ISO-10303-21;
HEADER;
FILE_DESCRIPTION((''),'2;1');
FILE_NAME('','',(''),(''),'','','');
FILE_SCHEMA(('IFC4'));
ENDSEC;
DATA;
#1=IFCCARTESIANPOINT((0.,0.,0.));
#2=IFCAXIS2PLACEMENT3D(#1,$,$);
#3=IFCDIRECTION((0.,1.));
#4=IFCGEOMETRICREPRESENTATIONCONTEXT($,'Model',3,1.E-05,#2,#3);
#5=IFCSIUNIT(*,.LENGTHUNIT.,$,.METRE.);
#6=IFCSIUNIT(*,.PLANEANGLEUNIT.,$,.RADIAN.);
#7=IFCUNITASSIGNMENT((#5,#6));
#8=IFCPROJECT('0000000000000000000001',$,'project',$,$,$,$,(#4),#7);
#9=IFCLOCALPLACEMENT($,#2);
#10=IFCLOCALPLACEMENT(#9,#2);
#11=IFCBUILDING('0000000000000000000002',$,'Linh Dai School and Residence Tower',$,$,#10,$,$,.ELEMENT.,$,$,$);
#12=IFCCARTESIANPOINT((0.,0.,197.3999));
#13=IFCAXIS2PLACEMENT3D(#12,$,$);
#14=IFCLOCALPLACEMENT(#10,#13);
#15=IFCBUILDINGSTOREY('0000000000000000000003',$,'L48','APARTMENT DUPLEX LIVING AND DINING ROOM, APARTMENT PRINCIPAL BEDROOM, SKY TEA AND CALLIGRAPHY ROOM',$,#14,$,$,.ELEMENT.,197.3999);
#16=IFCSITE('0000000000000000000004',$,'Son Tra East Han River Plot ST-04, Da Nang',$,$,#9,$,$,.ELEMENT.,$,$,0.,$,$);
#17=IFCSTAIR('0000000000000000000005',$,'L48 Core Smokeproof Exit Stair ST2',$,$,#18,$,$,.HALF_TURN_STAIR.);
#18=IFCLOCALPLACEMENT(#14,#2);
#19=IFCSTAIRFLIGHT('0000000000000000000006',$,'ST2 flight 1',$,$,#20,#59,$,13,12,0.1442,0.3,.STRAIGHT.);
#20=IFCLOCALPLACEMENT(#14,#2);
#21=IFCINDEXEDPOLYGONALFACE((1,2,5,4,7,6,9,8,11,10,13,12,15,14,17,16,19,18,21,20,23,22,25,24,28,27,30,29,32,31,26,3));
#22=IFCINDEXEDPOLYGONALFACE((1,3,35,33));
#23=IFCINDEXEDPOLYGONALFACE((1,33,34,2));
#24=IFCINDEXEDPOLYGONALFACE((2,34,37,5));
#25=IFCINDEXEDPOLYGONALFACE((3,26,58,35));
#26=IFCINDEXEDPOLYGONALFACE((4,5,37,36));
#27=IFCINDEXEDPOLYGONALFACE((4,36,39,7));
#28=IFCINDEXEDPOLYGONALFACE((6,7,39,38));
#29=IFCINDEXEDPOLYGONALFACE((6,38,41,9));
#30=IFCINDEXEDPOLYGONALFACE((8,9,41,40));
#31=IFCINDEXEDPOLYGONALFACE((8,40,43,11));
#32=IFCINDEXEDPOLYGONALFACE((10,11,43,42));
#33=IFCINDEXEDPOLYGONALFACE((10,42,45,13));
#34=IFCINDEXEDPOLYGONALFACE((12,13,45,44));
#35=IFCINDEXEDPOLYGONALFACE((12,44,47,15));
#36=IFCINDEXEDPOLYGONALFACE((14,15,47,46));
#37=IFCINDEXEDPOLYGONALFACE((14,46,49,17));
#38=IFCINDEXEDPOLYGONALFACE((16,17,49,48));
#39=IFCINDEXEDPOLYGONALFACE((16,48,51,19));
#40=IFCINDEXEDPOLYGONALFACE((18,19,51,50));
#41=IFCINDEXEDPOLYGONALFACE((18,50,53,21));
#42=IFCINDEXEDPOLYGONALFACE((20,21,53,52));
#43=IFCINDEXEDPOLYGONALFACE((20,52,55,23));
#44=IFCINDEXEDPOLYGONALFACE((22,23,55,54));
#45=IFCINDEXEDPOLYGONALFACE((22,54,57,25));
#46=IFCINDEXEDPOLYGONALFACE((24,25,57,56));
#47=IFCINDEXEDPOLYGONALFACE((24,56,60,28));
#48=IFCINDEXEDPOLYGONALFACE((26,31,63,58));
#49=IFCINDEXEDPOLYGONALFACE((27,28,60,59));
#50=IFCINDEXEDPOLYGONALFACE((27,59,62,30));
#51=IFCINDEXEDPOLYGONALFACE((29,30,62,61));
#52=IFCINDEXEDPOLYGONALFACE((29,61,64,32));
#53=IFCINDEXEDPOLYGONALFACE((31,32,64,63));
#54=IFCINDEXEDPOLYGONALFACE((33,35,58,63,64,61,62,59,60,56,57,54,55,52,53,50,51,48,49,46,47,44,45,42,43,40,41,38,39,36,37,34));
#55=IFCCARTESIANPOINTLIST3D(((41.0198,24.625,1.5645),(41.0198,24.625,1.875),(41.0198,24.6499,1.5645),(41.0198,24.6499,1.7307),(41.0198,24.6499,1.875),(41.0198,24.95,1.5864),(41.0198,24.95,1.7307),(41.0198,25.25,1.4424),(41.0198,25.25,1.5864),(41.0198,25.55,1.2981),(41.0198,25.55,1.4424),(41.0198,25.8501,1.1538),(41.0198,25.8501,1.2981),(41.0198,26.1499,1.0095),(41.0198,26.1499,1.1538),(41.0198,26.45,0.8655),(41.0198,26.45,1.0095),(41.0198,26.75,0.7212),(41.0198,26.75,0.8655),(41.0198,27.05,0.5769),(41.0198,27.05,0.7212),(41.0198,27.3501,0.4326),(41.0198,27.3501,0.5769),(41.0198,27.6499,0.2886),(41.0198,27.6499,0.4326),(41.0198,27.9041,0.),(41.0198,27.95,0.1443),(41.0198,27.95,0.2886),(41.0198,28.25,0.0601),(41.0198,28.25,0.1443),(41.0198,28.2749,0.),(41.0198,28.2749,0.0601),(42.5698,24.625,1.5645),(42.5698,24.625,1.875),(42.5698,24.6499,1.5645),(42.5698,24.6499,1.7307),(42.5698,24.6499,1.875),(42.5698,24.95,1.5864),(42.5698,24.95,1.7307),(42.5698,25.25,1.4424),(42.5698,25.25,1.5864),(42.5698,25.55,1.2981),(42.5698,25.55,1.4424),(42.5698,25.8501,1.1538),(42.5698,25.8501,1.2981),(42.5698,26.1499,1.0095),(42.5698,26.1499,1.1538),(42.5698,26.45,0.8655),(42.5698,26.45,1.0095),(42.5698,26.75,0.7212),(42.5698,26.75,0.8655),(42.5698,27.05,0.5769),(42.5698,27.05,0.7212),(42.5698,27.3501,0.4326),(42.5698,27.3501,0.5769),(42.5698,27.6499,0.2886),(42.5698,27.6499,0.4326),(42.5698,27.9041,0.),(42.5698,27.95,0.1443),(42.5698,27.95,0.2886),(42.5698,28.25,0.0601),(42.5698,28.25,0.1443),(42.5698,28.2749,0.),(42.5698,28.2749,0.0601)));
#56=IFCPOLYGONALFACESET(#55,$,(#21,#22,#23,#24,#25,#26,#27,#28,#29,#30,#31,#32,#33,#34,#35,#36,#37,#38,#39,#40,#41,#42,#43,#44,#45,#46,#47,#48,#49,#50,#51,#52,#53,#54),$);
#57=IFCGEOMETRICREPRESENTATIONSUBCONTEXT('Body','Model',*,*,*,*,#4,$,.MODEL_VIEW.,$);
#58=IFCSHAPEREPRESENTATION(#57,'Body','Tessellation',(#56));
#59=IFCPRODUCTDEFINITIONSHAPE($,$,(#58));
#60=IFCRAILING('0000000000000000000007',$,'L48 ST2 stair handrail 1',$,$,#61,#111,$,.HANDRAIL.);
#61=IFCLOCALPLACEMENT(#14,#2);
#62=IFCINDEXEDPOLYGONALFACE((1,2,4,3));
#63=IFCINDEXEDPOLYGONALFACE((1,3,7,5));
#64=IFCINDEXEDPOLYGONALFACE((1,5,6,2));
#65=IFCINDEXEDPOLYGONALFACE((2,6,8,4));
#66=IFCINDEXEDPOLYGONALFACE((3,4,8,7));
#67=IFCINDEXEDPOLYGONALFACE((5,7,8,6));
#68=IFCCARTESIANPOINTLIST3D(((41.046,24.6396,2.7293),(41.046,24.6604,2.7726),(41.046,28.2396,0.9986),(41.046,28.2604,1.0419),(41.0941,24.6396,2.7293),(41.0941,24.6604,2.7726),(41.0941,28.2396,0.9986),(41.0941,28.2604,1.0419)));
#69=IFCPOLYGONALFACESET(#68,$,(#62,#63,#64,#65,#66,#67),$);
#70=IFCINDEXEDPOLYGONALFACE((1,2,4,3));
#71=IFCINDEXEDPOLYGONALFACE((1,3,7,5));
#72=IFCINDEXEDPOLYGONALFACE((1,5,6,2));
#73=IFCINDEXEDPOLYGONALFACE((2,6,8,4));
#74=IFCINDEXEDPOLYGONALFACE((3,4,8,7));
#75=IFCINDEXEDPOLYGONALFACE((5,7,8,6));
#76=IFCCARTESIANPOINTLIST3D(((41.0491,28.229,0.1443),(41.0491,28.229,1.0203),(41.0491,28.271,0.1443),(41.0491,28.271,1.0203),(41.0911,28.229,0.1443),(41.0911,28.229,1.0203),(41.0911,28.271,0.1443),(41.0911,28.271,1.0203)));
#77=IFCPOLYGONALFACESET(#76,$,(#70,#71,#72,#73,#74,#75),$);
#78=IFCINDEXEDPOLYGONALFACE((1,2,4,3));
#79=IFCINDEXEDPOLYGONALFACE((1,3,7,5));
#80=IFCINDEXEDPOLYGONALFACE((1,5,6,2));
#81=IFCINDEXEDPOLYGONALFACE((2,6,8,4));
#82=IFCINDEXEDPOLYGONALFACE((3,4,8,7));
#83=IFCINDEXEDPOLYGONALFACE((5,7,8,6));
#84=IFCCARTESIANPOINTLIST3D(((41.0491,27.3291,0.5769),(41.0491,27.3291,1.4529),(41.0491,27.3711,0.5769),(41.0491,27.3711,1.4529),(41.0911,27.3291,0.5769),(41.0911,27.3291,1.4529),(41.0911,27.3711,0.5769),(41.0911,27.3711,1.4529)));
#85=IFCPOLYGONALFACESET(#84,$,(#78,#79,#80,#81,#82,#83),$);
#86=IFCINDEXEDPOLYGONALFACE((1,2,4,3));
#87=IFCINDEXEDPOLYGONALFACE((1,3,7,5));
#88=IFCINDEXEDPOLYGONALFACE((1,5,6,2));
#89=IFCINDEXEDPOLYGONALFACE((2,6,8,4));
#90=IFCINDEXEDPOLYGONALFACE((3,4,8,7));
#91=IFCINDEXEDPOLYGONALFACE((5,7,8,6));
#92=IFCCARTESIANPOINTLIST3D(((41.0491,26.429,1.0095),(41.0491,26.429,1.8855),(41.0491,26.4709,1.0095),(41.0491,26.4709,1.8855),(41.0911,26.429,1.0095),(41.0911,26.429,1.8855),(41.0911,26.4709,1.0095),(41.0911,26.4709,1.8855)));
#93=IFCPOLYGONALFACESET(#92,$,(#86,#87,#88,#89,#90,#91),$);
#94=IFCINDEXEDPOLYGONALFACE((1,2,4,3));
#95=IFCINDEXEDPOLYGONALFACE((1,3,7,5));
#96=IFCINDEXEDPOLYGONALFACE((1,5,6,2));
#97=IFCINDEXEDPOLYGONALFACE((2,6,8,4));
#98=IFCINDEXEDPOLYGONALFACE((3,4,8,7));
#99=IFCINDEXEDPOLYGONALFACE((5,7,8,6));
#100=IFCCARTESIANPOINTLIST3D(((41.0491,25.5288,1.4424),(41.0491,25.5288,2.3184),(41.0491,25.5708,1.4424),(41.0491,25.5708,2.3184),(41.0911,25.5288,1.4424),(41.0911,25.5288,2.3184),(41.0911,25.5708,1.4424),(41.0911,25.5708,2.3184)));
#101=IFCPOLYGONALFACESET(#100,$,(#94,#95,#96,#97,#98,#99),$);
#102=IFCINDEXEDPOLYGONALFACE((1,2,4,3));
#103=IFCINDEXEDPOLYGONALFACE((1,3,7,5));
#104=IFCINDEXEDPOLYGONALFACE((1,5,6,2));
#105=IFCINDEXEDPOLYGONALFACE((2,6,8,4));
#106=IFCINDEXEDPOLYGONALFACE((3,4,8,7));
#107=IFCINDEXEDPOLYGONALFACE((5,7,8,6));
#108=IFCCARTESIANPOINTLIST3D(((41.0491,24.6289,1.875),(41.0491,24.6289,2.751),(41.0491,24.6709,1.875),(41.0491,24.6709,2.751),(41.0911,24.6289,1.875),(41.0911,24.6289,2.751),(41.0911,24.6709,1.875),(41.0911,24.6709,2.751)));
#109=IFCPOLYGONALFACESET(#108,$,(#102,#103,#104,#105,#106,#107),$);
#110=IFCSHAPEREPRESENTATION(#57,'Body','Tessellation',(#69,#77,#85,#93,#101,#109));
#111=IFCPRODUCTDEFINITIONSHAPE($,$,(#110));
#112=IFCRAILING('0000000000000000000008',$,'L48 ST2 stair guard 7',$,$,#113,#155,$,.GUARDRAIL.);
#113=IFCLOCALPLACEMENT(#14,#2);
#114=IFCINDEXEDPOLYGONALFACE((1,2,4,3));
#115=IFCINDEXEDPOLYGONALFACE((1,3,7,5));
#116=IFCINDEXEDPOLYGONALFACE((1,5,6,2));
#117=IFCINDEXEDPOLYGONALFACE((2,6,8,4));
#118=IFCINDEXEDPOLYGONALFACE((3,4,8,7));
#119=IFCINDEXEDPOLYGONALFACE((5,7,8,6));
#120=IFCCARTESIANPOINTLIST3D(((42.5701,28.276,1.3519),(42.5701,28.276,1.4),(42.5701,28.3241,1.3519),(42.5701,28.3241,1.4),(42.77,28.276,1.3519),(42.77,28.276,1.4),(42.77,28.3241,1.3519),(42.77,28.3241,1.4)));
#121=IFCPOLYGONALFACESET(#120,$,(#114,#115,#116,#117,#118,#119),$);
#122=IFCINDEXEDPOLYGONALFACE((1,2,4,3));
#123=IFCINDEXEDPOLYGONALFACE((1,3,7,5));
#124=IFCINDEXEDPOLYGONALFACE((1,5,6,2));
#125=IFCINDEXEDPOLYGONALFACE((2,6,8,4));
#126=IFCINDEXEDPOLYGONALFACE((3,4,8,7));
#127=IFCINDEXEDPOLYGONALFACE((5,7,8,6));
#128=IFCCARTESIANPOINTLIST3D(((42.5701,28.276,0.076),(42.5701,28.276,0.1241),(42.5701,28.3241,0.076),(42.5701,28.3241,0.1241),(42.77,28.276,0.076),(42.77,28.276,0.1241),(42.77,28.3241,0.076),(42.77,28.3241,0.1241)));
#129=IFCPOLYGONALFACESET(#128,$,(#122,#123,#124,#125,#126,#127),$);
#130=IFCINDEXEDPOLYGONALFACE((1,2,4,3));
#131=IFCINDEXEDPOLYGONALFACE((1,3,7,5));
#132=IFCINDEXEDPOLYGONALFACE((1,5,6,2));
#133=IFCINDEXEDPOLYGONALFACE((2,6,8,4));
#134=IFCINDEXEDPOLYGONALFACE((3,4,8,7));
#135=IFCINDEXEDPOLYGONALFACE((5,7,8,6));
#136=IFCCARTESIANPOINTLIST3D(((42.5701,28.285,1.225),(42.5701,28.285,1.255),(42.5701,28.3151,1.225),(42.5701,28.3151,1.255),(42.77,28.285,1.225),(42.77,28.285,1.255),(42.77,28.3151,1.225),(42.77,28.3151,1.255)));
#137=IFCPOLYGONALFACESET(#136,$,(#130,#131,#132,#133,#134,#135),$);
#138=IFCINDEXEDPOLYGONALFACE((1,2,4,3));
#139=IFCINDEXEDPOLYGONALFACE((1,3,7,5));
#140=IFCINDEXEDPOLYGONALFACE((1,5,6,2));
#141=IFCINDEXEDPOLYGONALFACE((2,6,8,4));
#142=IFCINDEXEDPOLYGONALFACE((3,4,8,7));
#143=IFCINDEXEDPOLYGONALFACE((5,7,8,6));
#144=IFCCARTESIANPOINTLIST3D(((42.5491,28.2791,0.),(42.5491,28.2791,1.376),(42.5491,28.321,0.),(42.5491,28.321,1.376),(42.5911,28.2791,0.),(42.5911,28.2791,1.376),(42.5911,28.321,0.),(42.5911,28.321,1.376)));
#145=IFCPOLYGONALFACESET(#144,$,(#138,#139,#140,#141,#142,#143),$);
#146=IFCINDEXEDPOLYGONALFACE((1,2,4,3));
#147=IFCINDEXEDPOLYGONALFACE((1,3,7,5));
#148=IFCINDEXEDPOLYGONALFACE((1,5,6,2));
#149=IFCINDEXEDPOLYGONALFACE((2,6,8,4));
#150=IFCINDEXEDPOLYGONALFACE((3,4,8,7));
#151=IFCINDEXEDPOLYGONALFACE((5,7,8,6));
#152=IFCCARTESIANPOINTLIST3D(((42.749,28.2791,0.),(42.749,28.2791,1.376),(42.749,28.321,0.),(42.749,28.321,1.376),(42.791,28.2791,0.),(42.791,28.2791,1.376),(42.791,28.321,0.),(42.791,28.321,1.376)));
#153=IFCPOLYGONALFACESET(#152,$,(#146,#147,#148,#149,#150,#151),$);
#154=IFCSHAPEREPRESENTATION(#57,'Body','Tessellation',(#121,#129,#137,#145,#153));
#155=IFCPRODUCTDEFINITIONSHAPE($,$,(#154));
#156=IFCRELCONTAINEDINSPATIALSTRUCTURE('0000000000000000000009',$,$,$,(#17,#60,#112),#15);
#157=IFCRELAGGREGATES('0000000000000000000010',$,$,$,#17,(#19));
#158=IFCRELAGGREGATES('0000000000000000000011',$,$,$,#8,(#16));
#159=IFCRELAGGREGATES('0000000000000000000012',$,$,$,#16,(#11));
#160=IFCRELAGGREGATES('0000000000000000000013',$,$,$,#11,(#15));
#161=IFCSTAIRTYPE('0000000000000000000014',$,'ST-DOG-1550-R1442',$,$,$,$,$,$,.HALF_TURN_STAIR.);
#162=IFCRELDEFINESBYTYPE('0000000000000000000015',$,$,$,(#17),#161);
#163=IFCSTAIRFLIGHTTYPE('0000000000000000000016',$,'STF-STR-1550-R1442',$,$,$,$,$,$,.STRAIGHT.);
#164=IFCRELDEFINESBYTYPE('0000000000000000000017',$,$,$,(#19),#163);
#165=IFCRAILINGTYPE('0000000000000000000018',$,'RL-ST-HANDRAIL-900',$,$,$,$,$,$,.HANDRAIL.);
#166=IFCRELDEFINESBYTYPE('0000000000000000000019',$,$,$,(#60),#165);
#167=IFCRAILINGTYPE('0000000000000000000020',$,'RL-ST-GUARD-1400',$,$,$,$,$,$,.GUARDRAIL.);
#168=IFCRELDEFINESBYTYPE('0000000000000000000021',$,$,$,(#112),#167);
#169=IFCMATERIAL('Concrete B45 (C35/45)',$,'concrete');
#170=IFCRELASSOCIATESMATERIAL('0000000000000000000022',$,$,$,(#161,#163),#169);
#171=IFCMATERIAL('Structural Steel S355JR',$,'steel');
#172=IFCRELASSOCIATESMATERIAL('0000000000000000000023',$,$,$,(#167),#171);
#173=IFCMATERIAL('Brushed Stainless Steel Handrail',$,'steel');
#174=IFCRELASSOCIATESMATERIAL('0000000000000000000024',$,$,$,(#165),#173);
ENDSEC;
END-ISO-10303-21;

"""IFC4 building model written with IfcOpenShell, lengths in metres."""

from ifc_helpers import new_model, si_unit, direction, frame, origin, origin_2d, place, context, subcontext, project, spatial, polyline, rectangle, outline, extrude, source, transform, mapped, material, type_object, element, aggregate, save


model = new_model("IFC4")

# Units and contexts
model_context = context("Model", 3, precision=1e-05, world=origin(), true_north=direction((0.0, 1.0)))
body_context = subcontext(model_context, "Body", "Model", "MODEL_VIEW")
ifc_project = project(units=[si_unit("LENGTHUNIT", "METRE"), si_unit("PLANEANGLEUNIT", "RADIAN")], contexts=[model_context])

# Site, building, storey
site_placement = place(None, origin())
site = spatial("IfcSite", under=ifc_project, at=site_placement, Name="Son Tra East Han River Plot ST-04, Da Nang", CompositionType="ELEMENT", RefElevation=0.0)
building_placement = place(site_placement, origin())
building = spatial("IfcBuilding", under=site, at=building_placement, Name="Linh Dai School and Residence Tower", CompositionType="ELEMENT")
storey_placement = place(building_placement, frame((0.0, 0.0, 197.3999)))
storey = spatial("IfcBuildingStorey", under=building, at=storey_placement, Name="L48", Description="APARTMENT DUPLEX LIVING AND DINING ROOM, APARTMENT PRINCIPAL BEDROOM, SKY TEA AND CALLIGRAPHY ROOM", CompositionType="ELEMENT", Elevation=197.3999)

# Shared definitions
ifc_material_1 = material(Name="Structural Steel S355JR", Category="steel")

# Shared definitions
ifc_material_2 = material(Name="Concrete B45 (C35/45)", Category="concrete")

# Stair, stair flight
stair_type = type_object("IfcStairType", Name="ST-DOG-1550-R1442", PredefinedType="HALF_TURN_STAIR", material=ifc_material_2)
stair_placement = place(storey_placement, origin())
stair = element("IfcStair", 1, at=stair_placement, inside=storey, type_object=stair_type, Name="L48 Core Smokeproof Exit Stair ST2", PredefinedType="HALF_TURN_STAIR")
stair_flight_type = type_object("IfcStairFlightType", Name="STF-STR-1550-R1442", PredefinedType="STRAIGHT", material=ifc_material_2)
shared_shape_1 = source(origin(), body_context, "Body", "SweptSolid", [
    extrude(outline(polyline([(-0.0249, 0.0), (-0.0249, 0.0601), (0.0, 0.0601), (0.0, 0.1443), (0.3, 0.1443), (0.3, 0.2886), (0.6001, 0.2886), (0.6001, 0.4326), (0.8999, 0.4326), (0.8999, 0.5769), (1.2, 0.5769), (1.2, 0.7212), (1.5, 0.7212), (1.5, 0.8655), (1.8, 0.8655), (1.8, 1.0095), (2.1001, 1.0095), (2.1001, 1.1538), (2.3999, 1.1538), (2.3999, 1.2981), (2.7, 1.2981), (2.7, 1.4424), (3.0, 1.4424), (3.0, 1.5864), (3.3, 1.5864), (3.3, 1.7307), (3.6001, 1.7307), (3.6001, 1.875), (3.625, 1.875), (3.625, 1.5645), (3.6001, 1.5645), (0.3459, 0.0), (-0.0249, 0.0)])), frame((0.0, 0.7749, 0.0), z_axis=(0.0, -1.0, 0.0), x_axis=(1.0, 0.0, 0.0)), (0.0, 0.0, 1.0), 1.55),
])
stair_flight_placement = place(storey_placement, frame((41.7949, 28.25, 0.0), z_axis=(0.0, 0.0, 1.0), x_axis=(0.0, -1.0, 0.0)))
stair_flight = element("IfcStairFlight", 2, at=stair_flight_placement, type_object=stair_flight_type, Name="ST2 flight 1", NumberOfRisers=13, NumberOfTreads=12, PredefinedType="STRAIGHT", RiserHeight=0.1442, TreadLength=0.3, context=body_context, shape_type="MappedRepresentation", body=[
    mapped(shared_shape_1, transform((0.0, 0.0, 0.0), x_axis=(1.0, 0.0, 0.0), y_axis=(0.0, 1.0, 0.0), z_axis=(0.0, 0.0, 1.0), scale=1.0)),
])
aggregate(stair, [stair_flight])

# Railings
railing_type_1 = type_object("IfcRailingType", Name="RL-ST-GUARD-1400", PredefinedType="GUARDRAIL", material=ifc_material_1)
ifc_material_3 = material(Name="Brushed Stainless Steel Handrail", Category="steel")
railing_type_2 = type_object("IfcRailingType", Name="RL-ST-HANDRAIL-900", PredefinedType="HANDRAIL", material=ifc_material_3)
shared_shape_2 = source(origin(), body_context, "Body", "SweptSolid", [
    extrude(rectangle(XDim=0.0481, YDim=0.0481, at=origin_2d()), frame((0.0, 0.0, 0.876), z_axis=(0.0, -0.901263, 0.433273), x_axis=(1.0, 0.0, 0.0)), (0.0, 0.0, 1.0), 3.9944),
    extrude(rectangle(XDim=0.042, YDim=0.042, at=origin_2d()), origin(), (0.0, 0.0, 1.0), 0.876),
    extrude(rectangle(XDim=0.042, YDim=0.042, at=origin_2d()), frame((0.0, -0.8999, 0.4326)), (0.0, 0.0, 1.0), 0.876),
    extrude(rectangle(XDim=0.042, YDim=0.042, at=origin_2d()), frame((0.0, -1.8, 0.8652)), (0.0, 0.0, 1.0), 0.876),
    extrude(rectangle(XDim=0.042, YDim=0.042, at=origin_2d()), frame((0.0, -2.7002, 1.2981)), (0.0, 0.0, 1.0), 0.876),
    extrude(rectangle(XDim=0.042, YDim=0.042, at=origin_2d()), frame((0.0, -3.6001, 1.7307)), (0.0, 0.0, 1.0), 0.876),
])
railing_1_placement = place(storey_placement, frame((41.0701, 28.25, 0.1443)))
element("IfcRailing", 3, at=railing_1_placement, inside=storey, type_object=railing_type_2, Name="L48 ST2 stair handrail 1", PredefinedType="HANDRAIL", context=body_context, shape_type="MappedRepresentation", body=[
    mapped(shared_shape_2, transform((0.0, 0.0, 0.0), x_axis=(1.0, 0.0, 0.0), y_axis=(0.0, 1.0, 0.0), z_axis=(0.0, 0.0, 1.0), scale=1.0)),
])
shared_shape_3 = source(origin(), body_context, "Body", "SweptSolid", [
    extrude(rectangle(XDim=0.0481, YDim=0.0481, at=origin_2d()), frame((0.0, 0.0, 1.376), z_axis=(1.0, 0.0, 0.0), x_axis=(0.0, 1.0, 0.0)), (0.0, 0.0, 1.0), 0.2),
    extrude(rectangle(XDim=0.0481, YDim=0.0481, at=origin_2d()), frame((0.0, 0.0, 0.1001), z_axis=(1.0, 0.0, 0.0), x_axis=(0.0, 1.0, 0.0)), (0.0, 0.0, 1.0), 0.2),
    extrude(rectangle(XDim=0.03, YDim=0.03, at=origin_2d()), frame((0.0, 0.0, 1.24), z_axis=(1.0, 0.0, 0.0), x_axis=(0.0, 1.0, 0.0)), (0.0, 0.0, 1.0), 0.2),
    extrude(rectangle(XDim=0.042, YDim=0.042, at=origin_2d()), origin(), (0.0, 0.0, 1.0), 1.376),
    extrude(rectangle(XDim=0.042, YDim=0.042, at=origin_2d()), frame((0.2, 0.0, 0.0)), (0.0, 0.0, 1.0), 1.376),
])
railing_2_placement = place(storey_placement, frame((42.5701, 28.3, 0.0)))
element("IfcRailing", 4, at=railing_2_placement, inside=storey, type_object=railing_type_1, Name="L48 ST2 stair guard 7", PredefinedType="GUARDRAIL", context=body_context, shape_type="MappedRepresentation", body=[
    mapped(shared_shape_3, transform((0.0, 0.0, 0.0), x_axis=(1.0, 0.0, 0.0), y_axis=(0.0, 1.0, 0.0), z_axis=(0.0, 0.0, 1.0), scale=1.0)),
])

save(model, "model.ifc")
